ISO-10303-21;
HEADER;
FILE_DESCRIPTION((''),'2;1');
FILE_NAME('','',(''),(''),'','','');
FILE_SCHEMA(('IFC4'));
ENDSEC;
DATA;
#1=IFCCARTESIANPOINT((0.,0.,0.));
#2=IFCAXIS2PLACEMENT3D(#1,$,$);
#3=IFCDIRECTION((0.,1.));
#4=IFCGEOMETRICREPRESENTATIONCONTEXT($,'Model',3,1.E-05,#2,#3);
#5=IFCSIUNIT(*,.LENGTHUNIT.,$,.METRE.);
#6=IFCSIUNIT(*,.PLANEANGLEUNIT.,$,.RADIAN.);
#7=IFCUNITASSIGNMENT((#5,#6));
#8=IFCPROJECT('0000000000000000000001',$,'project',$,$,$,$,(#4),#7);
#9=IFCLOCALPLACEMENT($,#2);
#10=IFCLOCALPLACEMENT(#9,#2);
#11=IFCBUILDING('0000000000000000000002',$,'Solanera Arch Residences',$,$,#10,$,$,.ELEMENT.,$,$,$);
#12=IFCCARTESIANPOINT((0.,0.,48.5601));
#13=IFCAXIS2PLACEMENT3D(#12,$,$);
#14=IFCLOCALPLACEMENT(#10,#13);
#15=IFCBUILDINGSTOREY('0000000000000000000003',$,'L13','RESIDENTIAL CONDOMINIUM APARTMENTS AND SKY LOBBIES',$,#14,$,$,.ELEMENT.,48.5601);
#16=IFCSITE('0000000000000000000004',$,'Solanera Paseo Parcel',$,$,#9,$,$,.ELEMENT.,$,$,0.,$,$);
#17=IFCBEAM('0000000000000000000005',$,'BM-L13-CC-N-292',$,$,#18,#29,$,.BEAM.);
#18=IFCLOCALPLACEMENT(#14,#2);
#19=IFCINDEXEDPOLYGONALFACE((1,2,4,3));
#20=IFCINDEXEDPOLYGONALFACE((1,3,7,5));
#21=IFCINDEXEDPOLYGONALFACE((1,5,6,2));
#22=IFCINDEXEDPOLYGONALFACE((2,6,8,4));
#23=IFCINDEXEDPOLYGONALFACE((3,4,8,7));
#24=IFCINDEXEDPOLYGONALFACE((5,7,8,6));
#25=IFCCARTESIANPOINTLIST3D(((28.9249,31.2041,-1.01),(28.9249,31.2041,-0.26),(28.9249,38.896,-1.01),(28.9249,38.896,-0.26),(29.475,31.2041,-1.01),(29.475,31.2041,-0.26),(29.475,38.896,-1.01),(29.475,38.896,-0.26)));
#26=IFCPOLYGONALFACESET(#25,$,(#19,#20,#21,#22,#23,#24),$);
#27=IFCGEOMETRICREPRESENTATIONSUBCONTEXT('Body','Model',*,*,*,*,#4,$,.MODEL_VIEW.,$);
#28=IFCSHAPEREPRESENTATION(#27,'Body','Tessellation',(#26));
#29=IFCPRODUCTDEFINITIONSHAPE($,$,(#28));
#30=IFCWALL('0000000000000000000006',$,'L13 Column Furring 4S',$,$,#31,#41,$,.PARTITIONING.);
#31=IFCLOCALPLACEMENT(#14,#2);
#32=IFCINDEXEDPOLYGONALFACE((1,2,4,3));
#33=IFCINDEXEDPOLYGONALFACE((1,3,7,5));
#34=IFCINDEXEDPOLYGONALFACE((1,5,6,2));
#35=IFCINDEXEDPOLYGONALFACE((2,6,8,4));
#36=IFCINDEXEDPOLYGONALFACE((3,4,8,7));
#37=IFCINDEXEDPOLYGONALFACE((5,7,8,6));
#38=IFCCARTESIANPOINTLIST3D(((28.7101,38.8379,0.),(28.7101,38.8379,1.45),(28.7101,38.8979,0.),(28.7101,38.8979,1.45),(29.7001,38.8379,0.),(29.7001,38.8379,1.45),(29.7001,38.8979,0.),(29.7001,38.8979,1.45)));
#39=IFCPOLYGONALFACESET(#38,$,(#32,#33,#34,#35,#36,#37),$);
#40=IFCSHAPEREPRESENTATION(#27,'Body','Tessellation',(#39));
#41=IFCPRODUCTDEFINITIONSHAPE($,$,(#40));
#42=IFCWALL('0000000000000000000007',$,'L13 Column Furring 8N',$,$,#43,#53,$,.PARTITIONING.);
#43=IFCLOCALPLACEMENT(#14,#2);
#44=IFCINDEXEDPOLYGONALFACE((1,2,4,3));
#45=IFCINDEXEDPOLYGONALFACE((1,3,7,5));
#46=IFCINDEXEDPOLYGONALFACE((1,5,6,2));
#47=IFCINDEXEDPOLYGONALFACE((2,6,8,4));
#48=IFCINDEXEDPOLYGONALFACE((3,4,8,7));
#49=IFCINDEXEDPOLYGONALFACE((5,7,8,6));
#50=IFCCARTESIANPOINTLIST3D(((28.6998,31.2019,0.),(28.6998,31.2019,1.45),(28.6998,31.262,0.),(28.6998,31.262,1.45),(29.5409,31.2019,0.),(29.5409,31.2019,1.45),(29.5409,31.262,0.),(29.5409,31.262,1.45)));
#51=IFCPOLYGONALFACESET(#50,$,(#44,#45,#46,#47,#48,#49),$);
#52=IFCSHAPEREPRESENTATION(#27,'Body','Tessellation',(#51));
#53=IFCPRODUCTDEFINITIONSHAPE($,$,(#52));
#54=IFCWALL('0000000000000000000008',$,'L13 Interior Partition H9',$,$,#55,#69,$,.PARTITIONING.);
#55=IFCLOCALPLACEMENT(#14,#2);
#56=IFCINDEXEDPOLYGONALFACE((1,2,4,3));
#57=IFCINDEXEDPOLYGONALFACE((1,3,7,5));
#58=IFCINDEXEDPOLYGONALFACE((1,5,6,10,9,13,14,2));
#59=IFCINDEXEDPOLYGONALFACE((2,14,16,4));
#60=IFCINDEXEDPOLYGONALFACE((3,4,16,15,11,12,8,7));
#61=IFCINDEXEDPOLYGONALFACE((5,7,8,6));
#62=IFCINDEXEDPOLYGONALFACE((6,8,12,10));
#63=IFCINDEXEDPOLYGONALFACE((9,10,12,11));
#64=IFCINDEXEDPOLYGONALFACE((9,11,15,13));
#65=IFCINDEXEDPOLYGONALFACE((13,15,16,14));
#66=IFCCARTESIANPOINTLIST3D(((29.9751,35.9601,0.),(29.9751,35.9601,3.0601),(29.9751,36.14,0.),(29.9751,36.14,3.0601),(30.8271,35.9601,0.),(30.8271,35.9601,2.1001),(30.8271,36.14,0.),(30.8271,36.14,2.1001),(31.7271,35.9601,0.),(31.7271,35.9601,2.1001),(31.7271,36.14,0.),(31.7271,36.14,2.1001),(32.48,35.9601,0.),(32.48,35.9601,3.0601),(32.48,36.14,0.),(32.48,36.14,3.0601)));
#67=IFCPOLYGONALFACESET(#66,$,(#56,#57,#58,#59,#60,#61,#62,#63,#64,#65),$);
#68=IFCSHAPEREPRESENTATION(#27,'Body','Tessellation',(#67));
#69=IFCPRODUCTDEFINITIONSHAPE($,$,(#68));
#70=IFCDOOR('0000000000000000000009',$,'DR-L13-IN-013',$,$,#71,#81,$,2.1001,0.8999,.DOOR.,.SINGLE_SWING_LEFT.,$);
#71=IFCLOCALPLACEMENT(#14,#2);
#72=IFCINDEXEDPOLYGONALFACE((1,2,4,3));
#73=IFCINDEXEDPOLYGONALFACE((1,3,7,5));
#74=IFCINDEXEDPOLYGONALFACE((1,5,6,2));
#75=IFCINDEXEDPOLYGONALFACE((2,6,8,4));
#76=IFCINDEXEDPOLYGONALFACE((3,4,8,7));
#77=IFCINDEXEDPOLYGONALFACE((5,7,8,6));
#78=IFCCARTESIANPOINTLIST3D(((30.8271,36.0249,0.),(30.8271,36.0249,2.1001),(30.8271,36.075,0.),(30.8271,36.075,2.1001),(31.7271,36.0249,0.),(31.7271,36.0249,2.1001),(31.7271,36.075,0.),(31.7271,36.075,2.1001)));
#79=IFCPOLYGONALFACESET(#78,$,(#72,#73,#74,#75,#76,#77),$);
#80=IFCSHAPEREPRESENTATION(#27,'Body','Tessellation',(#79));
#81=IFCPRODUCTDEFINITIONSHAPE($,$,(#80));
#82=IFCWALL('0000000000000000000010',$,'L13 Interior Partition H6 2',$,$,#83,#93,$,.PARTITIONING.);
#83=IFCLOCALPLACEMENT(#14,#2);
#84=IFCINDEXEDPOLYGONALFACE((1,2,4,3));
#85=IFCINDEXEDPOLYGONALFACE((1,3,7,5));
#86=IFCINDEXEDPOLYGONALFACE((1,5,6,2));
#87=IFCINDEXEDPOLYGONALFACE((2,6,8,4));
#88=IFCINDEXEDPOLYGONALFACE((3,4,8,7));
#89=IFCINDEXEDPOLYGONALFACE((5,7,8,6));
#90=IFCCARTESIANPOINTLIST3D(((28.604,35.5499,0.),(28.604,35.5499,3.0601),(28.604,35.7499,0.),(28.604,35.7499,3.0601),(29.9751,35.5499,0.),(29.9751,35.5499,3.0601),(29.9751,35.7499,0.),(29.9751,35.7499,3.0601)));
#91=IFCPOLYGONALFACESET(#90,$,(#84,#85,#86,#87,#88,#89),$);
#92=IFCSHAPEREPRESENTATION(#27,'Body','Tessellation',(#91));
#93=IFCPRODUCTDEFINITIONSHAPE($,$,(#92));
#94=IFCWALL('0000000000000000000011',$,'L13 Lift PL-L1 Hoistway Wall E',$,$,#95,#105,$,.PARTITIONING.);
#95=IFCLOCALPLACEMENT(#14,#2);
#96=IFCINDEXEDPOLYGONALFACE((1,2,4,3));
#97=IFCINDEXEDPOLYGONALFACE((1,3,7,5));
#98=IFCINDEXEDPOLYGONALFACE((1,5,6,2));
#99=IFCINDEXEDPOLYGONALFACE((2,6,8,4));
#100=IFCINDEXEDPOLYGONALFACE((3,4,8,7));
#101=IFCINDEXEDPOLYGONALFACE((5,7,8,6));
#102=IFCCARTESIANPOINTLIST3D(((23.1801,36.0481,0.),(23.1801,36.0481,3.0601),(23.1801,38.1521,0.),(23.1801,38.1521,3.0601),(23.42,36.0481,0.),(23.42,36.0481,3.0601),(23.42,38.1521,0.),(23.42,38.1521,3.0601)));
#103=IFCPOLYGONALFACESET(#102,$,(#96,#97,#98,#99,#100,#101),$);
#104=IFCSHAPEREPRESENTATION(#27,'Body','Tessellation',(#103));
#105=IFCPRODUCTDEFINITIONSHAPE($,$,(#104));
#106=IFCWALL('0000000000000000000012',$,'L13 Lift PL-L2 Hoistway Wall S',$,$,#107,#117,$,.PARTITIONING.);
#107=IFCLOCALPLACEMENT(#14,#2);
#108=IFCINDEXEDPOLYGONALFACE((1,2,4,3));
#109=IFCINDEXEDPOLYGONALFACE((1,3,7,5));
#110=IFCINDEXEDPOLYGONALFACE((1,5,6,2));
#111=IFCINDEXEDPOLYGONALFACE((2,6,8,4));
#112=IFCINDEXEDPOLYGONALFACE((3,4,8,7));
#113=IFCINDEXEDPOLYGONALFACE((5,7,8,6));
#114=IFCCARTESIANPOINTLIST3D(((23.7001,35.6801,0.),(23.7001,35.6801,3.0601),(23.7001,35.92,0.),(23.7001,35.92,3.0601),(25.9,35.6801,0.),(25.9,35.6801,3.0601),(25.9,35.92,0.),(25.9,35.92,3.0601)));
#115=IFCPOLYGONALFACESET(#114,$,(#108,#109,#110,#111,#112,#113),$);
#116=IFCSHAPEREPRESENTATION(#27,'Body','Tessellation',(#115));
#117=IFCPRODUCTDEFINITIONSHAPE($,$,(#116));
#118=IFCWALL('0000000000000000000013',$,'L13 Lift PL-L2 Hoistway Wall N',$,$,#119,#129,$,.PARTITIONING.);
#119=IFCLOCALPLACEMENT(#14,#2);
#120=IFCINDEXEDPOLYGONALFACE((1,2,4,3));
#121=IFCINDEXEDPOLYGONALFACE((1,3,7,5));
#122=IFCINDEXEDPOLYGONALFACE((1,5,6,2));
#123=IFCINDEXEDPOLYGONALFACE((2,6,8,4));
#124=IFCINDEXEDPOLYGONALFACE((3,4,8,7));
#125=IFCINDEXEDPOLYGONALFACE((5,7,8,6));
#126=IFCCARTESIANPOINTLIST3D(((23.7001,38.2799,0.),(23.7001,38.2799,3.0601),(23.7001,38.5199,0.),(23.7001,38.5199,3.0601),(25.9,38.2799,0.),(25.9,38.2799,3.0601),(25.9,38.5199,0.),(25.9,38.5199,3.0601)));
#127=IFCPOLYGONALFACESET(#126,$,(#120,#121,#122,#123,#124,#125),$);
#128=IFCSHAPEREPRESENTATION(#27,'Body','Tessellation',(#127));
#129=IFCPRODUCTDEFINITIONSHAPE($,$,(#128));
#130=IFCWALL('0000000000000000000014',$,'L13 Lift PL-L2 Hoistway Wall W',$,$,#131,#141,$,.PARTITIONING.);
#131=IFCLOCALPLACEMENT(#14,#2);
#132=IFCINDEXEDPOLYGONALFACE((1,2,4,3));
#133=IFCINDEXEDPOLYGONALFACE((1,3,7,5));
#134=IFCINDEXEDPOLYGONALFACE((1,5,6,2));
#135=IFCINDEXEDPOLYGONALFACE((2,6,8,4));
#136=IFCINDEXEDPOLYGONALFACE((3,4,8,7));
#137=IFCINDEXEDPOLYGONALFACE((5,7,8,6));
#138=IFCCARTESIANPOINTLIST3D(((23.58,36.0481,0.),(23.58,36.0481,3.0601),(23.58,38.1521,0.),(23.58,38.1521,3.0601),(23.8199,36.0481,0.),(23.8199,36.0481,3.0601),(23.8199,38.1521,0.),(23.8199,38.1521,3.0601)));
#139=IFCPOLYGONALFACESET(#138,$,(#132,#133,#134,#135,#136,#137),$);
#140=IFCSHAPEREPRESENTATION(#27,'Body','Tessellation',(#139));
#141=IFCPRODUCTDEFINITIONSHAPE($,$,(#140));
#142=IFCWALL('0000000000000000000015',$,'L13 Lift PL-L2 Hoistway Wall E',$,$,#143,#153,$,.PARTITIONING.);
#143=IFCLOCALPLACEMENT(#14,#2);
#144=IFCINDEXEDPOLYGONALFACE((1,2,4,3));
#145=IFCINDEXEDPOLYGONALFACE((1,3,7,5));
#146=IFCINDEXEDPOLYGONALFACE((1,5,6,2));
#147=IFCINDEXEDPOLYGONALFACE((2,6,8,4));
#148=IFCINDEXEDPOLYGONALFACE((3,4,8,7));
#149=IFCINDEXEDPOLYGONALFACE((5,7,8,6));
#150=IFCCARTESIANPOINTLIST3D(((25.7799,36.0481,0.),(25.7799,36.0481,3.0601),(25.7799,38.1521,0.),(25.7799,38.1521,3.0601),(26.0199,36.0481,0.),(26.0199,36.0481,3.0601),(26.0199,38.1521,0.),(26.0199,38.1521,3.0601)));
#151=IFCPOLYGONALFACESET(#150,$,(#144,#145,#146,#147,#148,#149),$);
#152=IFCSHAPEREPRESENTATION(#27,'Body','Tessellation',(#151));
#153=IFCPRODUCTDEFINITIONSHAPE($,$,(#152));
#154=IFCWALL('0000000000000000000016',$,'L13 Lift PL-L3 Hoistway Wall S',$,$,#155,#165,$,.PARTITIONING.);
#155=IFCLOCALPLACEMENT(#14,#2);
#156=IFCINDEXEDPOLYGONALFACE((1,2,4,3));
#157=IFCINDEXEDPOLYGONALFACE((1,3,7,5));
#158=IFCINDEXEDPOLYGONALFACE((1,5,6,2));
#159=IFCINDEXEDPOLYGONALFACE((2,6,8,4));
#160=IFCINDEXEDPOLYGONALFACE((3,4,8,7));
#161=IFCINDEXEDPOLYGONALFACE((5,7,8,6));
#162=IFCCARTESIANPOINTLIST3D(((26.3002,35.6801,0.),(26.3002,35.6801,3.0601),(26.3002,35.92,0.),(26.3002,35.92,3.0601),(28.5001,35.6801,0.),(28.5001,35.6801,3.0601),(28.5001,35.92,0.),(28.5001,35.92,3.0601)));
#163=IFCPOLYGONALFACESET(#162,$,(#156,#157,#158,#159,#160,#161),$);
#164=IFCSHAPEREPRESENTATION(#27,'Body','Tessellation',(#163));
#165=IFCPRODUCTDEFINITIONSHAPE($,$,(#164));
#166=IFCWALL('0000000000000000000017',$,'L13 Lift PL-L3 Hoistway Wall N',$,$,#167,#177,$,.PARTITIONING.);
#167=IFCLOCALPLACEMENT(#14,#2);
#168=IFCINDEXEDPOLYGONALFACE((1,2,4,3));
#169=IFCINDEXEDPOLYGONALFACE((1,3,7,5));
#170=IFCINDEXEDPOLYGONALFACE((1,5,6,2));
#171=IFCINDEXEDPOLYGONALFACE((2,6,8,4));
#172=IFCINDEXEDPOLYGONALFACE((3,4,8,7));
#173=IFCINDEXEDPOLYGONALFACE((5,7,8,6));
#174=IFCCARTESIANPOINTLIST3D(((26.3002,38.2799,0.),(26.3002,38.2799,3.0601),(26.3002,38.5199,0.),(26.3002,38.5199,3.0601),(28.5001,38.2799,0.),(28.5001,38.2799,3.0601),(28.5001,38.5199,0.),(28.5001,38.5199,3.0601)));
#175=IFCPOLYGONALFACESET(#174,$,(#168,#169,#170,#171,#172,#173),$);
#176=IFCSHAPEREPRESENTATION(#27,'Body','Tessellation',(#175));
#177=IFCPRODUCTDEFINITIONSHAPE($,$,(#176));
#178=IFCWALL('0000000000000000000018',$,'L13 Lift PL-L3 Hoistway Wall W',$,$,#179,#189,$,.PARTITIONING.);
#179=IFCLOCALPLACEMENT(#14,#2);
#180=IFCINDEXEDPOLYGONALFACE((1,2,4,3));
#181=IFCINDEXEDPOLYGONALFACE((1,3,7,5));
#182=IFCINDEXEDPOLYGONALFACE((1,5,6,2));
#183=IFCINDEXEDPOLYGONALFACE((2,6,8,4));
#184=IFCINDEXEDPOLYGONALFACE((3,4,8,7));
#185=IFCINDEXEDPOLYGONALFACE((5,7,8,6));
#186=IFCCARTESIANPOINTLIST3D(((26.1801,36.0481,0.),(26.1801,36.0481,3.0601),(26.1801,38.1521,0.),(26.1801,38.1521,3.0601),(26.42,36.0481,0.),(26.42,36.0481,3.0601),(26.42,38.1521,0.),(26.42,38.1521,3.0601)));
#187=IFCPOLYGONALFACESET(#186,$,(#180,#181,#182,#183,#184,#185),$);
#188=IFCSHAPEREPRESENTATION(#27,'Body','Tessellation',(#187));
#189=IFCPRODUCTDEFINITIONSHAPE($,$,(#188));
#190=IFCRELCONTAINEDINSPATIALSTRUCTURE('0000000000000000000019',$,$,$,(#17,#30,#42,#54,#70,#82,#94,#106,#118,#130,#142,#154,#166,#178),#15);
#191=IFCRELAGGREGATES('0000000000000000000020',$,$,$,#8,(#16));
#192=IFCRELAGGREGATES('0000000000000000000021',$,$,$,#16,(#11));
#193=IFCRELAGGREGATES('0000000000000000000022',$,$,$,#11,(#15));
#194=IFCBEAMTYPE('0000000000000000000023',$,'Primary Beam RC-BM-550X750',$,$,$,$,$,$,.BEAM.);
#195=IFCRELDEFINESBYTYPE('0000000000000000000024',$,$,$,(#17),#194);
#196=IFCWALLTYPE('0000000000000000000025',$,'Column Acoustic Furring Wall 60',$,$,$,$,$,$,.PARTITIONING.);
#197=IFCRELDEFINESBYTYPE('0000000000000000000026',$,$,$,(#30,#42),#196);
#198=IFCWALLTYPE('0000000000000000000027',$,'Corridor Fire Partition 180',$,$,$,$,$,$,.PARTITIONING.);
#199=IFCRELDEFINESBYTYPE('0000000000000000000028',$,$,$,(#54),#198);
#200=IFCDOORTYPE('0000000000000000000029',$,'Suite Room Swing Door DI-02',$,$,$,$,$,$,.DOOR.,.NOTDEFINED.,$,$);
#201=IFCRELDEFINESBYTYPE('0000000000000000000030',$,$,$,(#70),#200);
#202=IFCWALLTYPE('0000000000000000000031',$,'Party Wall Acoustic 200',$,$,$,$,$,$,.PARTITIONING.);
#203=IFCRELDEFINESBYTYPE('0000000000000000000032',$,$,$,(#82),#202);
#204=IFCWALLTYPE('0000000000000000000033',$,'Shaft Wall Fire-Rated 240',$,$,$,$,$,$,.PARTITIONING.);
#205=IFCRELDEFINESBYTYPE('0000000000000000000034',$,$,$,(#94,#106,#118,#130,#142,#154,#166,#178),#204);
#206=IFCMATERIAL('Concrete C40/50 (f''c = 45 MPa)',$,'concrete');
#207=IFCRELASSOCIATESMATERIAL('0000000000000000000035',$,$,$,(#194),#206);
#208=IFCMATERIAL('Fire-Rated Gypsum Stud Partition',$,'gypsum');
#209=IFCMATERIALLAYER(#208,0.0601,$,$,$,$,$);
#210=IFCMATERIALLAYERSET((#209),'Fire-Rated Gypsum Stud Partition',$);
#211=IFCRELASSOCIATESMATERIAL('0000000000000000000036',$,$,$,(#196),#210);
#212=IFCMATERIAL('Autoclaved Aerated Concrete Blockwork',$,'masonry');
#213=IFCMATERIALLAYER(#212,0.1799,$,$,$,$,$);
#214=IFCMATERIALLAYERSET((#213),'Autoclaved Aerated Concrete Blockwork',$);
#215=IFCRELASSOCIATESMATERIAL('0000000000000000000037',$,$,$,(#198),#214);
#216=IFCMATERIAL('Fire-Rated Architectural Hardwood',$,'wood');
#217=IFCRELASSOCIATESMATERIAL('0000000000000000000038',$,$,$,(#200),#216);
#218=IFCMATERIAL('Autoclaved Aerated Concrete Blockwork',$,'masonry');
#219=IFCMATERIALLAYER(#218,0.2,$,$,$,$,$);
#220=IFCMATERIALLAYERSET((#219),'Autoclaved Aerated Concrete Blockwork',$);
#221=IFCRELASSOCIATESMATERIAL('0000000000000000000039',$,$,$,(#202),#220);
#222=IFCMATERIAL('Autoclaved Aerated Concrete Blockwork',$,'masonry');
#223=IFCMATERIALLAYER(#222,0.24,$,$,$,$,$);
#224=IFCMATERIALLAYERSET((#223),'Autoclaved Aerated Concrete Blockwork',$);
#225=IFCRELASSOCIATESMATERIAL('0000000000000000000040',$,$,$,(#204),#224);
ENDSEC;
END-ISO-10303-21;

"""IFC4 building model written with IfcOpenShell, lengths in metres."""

from ifc_helpers import new_model, si_unit, direction, frame, frame_2d, origin, origin_2d, place, context, subcontext, project, spatial, rectangle, extrude, material, layer, layer_set, material_profile, profile_set, type_object, element, fill, save


model = new_model("IFC4")

# Units and contexts
model_context = context("Model", 3, precision=1e-05, world=origin(), true_north=direction((0.0, 1.0)))
body_context = subcontext(model_context, "Body", "Model", "MODEL_VIEW")
ifc_project = project(units=[si_unit("LENGTHUNIT", "METRE"), si_unit("PLANEANGLEUNIT", "RADIAN")], contexts=[model_context])

# Site, building, storey
site_placement = place(None, origin())
site = spatial("IfcSite", under=ifc_project, at=site_placement, Name="Solanera Paseo Parcel", CompositionType="ELEMENT", RefElevation=0.0)
building_placement = place(site_placement, origin())
building = spatial("IfcBuilding", under=site, at=building_placement, Name="Solanera Arch Residences", CompositionType="ELEMENT")
storey_placement = place(building_placement, frame((0.0, 0.0, 48.5601)))
storey = spatial("IfcBuildingStorey", under=building, at=storey_placement, Name="L13", Description="RESIDENTIAL CONDOMINIUM APARTMENTS AND SKY LOBBIES", CompositionType="ELEMENT", Elevation=48.5601)

# Beam
ifc_material_1 = material(Name="Concrete C40/50 (f'c = 45 MPa)", Category="concrete")
ifc_material_profile = material_profile(ifc_material_1, rectangle(XDim=0.55, YDim=0.75, at=origin_2d()))
ifc_profile_set = profile_set([ifc_material_profile], Name="Concrete C40/50 (f'c = 45 MPa)")
beam_type = type_object("IfcBeamType", Name="Primary Beam RC-BM-550X750", PredefinedType="BEAM", material=ifc_profile_set)
beam_placement = place(storey_placement, frame((29.2, 31.2041, -0.635), z_axis=(0.0, 1.0, 0.0), x_axis=(-1.0, 0.0, 0.0)))
element("IfcBeam", 1, at=beam_placement, inside=storey, type_object=beam_type, Name="BM-L13-CC-N-292", PredefinedType="BEAM", context=body_context, shape_type="SweptSolid", body=[
    extrude(rectangle(XDim=0.55, YDim=0.75, at=origin_2d()), origin(), (0.0, 0.0, 1.0), 7.6919),
])

# Walls
ifc_material_2 = material(Name="Fire-Rated Gypsum Stud Partition", Category="gypsum")
ifc_layer_1 = layer(ifc_material_2, 0.0601)
ifc_layer_set_1 = layer_set([ifc_layer_1], Name="Fire-Rated Gypsum Stud Partition")
wall_type_1 = type_object("IfcWallType", Name="Column Acoustic Furring Wall 60", PredefinedType="PARTITIONING", material=ifc_layer_set_1)
wall_1_placement = place(storey_placement, frame((28.71, 38.8679, 0.0), z_axis=(0.0, 0.0, 1.0), x_axis=(1.0, 0.0, 0.0)))
element("IfcWall", 2, at=wall_1_placement, inside=storey, type_object=wall_type_1, Name="L13 Column Furring 4S", PredefinedType="PARTITIONING", context=body_context, shape_type="SweptSolid", body=[
    extrude(rectangle(XDim=0.99, YDim=0.0601, at=frame_2d((0.4951, 0.0))), origin(), (0.0, 0.0, 1.0), 1.45),
])
wall_2_placement = place(storey_placement, frame((28.7, 31.2319, 0.0), z_axis=(0.0, 0.0, 1.0), x_axis=(1.0, 0.0, 0.0)))
element("IfcWall", 3, at=wall_2_placement, inside=storey, type_object=wall_type_1, Name="L13 Column Furring 8N", PredefinedType="PARTITIONING", context=body_context, shape_type="SweptSolid", body=[
    extrude(rectangle(XDim=0.8411, YDim=0.0601, at=frame_2d((0.4204, 0.0))), origin(), (0.0, 0.0, 1.0), 1.45),
])

# Wall, opening, door
ifc_material_3 = material(Name="Autoclaved Aerated Concrete Blockwork", Category="masonry")
ifc_layer_2 = layer(ifc_material_3, 0.1799)
ifc_layer_set_2 = layer_set([ifc_layer_2], Name="Autoclaved Aerated Concrete Blockwork")
wall_type_2 = type_object("IfcWallType", Name="Corridor Fire Partition 180", PredefinedType="PARTITIONING", material=ifc_layer_set_2)
wall_3_placement = place(storey_placement, frame((29.9751, 36.05, 0.0), z_axis=(0.0, 0.0, 1.0), x_axis=(1.0, 0.0, 0.0)))
wall_3 = element("IfcWall", 4, at=wall_3_placement, inside=storey, type_object=wall_type_2, Name="L13 Interior Partition H9", PredefinedType="PARTITIONING", context=body_context, shape_type="SweptSolid", body=[
    extrude(rectangle(XDim=2.5049, YDim=0.1799, at=frame_2d((1.2524, 0.0))), origin(), (0.0, 0.0, 1.0), 3.0601),
])
opening_1_placement = place(wall_3_placement, frame((0.8521, 0.0, 0.0)))
opening_1 = element("IfcOpeningElement", 5, at=opening_1_placement, cuts=wall_3, PredefinedType="OPENING", context=body_context, shape_type="SweptSolid", body=[
    extrude(rectangle(XDim=0.8999, YDim=2.1001, at=frame_2d((0.45, 1.05))), frame((0.0, 0.1001, 0.0), z_axis=(0.0, -1.0, 0.0), x_axis=(1.0, 0.0, 0.0)), (0.0, 0.0, 1.0), 0.1999),
])
ifc_material_4 = material(Name="Fire-Rated Architectural Hardwood", Category="wood")
door_type_1 = type_object("IfcDoorType", Name="Suite Room Swing Door DI-02", OperationType="NOTDEFINED", PredefinedType="DOOR", material=ifc_material_4)
door_1_placement = place(opening_1_placement, origin())
door_1 = element("IfcDoor", 6, at=door_1_placement, inside=storey, type_object=door_type_1, Name="DR-L13-IN-013", OperationType="SINGLE_SWING_LEFT", OverallHeight=2.1001, OverallWidth=0.8999, PredefinedType="DOOR", context=body_context, shape_type="SweptSolid", body=[
    extrude(rectangle(XDim=0.8999, YDim=2.1001, at=frame_2d((0.45, 1.05))), frame((0.0, 0.0249, 0.0), z_axis=(0.0, -1.0, 0.0), x_axis=(1.0, 0.0, 0.0)), (0.0, 0.0, 1.0), 0.05),
])
fill(opening_1, door_1)

# Walls
ifc_material_5 = material(Name="Autoclaved Aerated Concrete Blockwork", Category="masonry")
ifc_layer_3 = layer(ifc_material_5, 0.2)
ifc_layer_set_3 = layer_set([ifc_layer_3], Name="Autoclaved Aerated Concrete Blockwork")
wall_type_3 = type_object("IfcWallType", Name="Party Wall Acoustic 200", PredefinedType="PARTITIONING", material=ifc_layer_set_3)
wall_4_placement = place(storey_placement, frame((28.604, 35.6499, 0.0), z_axis=(0.0, 0.0, 1.0), x_axis=(1.0, 0.0, 0.0)))
element("IfcWall", 7, at=wall_4_placement, inside=storey, type_object=wall_type_3, Name="L13 Interior Partition H6 2", PredefinedType="PARTITIONING", context=body_context, shape_type="SweptSolid", body=[
    extrude(rectangle(XDim=1.3711, YDim=0.2, at=frame_2d((0.6855, 0.0))), origin(), (0.0, 0.0, 1.0), 3.0601),
])
ifc_material_6 = material(Name="Autoclaved Aerated Concrete Blockwork", Category="masonry")
ifc_layer_4 = layer(ifc_material_6, 0.24)
ifc_layer_set_4 = layer_set([ifc_layer_4], Name="Autoclaved Aerated Concrete Blockwork")
wall_type_4 = type_object("IfcWallType", Name="Shaft Wall Fire-Rated 240", PredefinedType="PARTITIONING", material=ifc_layer_set_4)
wall_5_placement = place(storey_placement, frame((23.3, 36.0481, 0.0), z_axis=(0.0, 0.0, 1.0), x_axis=(0.0, 1.0, 0.0)))
element("IfcWall", 8, at=wall_5_placement, inside=storey, type_object=wall_type_4, Name="L13 Lift PL-L1 Hoistway Wall E", PredefinedType="PARTITIONING", context=body_context, shape_type="SweptSolid", body=[
    extrude(rectangle(XDim=2.104, YDim=0.24, at=frame_2d((1.052, 0.0))), origin(), (0.0, 0.0, 1.0), 3.0601),
])
for number, where, z_axis, x_axis, name in (
    (9, (23.7, 35.8, 0.0), (0.0, 0.0, 1.0), (1.0, 0.0, 0.0), "L13 Lift PL-L2 Hoistway Wall S"),
    (10, (23.7, 38.3999, 0.0), (0.0, 0.0, 1.0), (1.0, 0.0, 0.0), "L13 Lift PL-L2 Hoistway Wall N"),
):
    element("IfcWall", number, at=place(storey_placement, frame(where, z_axis=z_axis, x_axis=x_axis)), inside=storey, type_object=wall_type_4, Name=name, PredefinedType="PARTITIONING", context=body_context, shape_type="SweptSolid", body=[
        extrude(rectangle(XDim=2.2, YDim=0.24, at=frame_2d((1.1001, 0.0))), origin(), (0.0, 0.0, 1.0), 3.0601),
    ])
for number, where, z_axis, x_axis, name in (
    (11, (23.7, 36.0481, 0.0), (0.0, 0.0, 1.0), (0.0, 1.0, 0.0), "L13 Lift PL-L2 Hoistway Wall W"),
    (12, (25.8999, 36.0481, 0.0), (0.0, 0.0, 1.0), (0.0, 1.0, 0.0), "L13 Lift PL-L2 Hoistway Wall E"),
):
    element("IfcWall", number, at=place(storey_placement, frame(where, z_axis=z_axis, x_axis=x_axis)), inside=storey, type_object=wall_type_4, Name=name, PredefinedType="PARTITIONING", context=body_context, shape_type="SweptSolid", body=[
        extrude(rectangle(XDim=2.104, YDim=0.24, at=frame_2d((1.052, 0.0))), origin(), (0.0, 0.0, 1.0), 3.0601),
    ])
for number, where, z_axis, x_axis, name in (
    (13, (26.3, 35.8, 0.0), (0.0, 0.0, 1.0), (1.0, 0.0, 0.0), "L13 Lift PL-L3 Hoistway Wall S"),
    (14, (26.3, 38.3999, 0.0), (0.0, 0.0, 1.0), (1.0, 0.0, 0.0), "L13 Lift PL-L3 Hoistway Wall N"),
):
    element("IfcWall", number, at=place(storey_placement, frame(where, z_axis=z_axis, x_axis=x_axis)), inside=storey, type_object=wall_type_4, Name=name, PredefinedType="PARTITIONING", context=body_context, shape_type="SweptSolid", body=[
        extrude(rectangle(XDim=2.2, YDim=0.24, at=frame_2d((1.1001, 0.0))), origin(), (0.0, 0.0, 1.0), 3.0601),
    ])
for number, where, z_axis, x_axis, name in (
    (15, (26.3, 36.0481, 0.0), (0.0, 0.0, 1.0), (0.0, 1.0, 0.0), "L13 Lift PL-L3 Hoistway Wall W"),
):
    element("IfcWall", number, at=place(storey_placement, frame(where, z_axis=z_axis, x_axis=x_axis)), inside=storey, type_object=wall_type_4, Name=name, PredefinedType="PARTITIONING", context=body_context, shape_type="SweptSolid", body=[
        extrude(rectangle(XDim=2.104, YDim=0.24, at=frame_2d((1.052, 0.0))), origin(), (0.0, 0.0, 1.0), 3.0601),
    ])

save(model, "model.ifc")
